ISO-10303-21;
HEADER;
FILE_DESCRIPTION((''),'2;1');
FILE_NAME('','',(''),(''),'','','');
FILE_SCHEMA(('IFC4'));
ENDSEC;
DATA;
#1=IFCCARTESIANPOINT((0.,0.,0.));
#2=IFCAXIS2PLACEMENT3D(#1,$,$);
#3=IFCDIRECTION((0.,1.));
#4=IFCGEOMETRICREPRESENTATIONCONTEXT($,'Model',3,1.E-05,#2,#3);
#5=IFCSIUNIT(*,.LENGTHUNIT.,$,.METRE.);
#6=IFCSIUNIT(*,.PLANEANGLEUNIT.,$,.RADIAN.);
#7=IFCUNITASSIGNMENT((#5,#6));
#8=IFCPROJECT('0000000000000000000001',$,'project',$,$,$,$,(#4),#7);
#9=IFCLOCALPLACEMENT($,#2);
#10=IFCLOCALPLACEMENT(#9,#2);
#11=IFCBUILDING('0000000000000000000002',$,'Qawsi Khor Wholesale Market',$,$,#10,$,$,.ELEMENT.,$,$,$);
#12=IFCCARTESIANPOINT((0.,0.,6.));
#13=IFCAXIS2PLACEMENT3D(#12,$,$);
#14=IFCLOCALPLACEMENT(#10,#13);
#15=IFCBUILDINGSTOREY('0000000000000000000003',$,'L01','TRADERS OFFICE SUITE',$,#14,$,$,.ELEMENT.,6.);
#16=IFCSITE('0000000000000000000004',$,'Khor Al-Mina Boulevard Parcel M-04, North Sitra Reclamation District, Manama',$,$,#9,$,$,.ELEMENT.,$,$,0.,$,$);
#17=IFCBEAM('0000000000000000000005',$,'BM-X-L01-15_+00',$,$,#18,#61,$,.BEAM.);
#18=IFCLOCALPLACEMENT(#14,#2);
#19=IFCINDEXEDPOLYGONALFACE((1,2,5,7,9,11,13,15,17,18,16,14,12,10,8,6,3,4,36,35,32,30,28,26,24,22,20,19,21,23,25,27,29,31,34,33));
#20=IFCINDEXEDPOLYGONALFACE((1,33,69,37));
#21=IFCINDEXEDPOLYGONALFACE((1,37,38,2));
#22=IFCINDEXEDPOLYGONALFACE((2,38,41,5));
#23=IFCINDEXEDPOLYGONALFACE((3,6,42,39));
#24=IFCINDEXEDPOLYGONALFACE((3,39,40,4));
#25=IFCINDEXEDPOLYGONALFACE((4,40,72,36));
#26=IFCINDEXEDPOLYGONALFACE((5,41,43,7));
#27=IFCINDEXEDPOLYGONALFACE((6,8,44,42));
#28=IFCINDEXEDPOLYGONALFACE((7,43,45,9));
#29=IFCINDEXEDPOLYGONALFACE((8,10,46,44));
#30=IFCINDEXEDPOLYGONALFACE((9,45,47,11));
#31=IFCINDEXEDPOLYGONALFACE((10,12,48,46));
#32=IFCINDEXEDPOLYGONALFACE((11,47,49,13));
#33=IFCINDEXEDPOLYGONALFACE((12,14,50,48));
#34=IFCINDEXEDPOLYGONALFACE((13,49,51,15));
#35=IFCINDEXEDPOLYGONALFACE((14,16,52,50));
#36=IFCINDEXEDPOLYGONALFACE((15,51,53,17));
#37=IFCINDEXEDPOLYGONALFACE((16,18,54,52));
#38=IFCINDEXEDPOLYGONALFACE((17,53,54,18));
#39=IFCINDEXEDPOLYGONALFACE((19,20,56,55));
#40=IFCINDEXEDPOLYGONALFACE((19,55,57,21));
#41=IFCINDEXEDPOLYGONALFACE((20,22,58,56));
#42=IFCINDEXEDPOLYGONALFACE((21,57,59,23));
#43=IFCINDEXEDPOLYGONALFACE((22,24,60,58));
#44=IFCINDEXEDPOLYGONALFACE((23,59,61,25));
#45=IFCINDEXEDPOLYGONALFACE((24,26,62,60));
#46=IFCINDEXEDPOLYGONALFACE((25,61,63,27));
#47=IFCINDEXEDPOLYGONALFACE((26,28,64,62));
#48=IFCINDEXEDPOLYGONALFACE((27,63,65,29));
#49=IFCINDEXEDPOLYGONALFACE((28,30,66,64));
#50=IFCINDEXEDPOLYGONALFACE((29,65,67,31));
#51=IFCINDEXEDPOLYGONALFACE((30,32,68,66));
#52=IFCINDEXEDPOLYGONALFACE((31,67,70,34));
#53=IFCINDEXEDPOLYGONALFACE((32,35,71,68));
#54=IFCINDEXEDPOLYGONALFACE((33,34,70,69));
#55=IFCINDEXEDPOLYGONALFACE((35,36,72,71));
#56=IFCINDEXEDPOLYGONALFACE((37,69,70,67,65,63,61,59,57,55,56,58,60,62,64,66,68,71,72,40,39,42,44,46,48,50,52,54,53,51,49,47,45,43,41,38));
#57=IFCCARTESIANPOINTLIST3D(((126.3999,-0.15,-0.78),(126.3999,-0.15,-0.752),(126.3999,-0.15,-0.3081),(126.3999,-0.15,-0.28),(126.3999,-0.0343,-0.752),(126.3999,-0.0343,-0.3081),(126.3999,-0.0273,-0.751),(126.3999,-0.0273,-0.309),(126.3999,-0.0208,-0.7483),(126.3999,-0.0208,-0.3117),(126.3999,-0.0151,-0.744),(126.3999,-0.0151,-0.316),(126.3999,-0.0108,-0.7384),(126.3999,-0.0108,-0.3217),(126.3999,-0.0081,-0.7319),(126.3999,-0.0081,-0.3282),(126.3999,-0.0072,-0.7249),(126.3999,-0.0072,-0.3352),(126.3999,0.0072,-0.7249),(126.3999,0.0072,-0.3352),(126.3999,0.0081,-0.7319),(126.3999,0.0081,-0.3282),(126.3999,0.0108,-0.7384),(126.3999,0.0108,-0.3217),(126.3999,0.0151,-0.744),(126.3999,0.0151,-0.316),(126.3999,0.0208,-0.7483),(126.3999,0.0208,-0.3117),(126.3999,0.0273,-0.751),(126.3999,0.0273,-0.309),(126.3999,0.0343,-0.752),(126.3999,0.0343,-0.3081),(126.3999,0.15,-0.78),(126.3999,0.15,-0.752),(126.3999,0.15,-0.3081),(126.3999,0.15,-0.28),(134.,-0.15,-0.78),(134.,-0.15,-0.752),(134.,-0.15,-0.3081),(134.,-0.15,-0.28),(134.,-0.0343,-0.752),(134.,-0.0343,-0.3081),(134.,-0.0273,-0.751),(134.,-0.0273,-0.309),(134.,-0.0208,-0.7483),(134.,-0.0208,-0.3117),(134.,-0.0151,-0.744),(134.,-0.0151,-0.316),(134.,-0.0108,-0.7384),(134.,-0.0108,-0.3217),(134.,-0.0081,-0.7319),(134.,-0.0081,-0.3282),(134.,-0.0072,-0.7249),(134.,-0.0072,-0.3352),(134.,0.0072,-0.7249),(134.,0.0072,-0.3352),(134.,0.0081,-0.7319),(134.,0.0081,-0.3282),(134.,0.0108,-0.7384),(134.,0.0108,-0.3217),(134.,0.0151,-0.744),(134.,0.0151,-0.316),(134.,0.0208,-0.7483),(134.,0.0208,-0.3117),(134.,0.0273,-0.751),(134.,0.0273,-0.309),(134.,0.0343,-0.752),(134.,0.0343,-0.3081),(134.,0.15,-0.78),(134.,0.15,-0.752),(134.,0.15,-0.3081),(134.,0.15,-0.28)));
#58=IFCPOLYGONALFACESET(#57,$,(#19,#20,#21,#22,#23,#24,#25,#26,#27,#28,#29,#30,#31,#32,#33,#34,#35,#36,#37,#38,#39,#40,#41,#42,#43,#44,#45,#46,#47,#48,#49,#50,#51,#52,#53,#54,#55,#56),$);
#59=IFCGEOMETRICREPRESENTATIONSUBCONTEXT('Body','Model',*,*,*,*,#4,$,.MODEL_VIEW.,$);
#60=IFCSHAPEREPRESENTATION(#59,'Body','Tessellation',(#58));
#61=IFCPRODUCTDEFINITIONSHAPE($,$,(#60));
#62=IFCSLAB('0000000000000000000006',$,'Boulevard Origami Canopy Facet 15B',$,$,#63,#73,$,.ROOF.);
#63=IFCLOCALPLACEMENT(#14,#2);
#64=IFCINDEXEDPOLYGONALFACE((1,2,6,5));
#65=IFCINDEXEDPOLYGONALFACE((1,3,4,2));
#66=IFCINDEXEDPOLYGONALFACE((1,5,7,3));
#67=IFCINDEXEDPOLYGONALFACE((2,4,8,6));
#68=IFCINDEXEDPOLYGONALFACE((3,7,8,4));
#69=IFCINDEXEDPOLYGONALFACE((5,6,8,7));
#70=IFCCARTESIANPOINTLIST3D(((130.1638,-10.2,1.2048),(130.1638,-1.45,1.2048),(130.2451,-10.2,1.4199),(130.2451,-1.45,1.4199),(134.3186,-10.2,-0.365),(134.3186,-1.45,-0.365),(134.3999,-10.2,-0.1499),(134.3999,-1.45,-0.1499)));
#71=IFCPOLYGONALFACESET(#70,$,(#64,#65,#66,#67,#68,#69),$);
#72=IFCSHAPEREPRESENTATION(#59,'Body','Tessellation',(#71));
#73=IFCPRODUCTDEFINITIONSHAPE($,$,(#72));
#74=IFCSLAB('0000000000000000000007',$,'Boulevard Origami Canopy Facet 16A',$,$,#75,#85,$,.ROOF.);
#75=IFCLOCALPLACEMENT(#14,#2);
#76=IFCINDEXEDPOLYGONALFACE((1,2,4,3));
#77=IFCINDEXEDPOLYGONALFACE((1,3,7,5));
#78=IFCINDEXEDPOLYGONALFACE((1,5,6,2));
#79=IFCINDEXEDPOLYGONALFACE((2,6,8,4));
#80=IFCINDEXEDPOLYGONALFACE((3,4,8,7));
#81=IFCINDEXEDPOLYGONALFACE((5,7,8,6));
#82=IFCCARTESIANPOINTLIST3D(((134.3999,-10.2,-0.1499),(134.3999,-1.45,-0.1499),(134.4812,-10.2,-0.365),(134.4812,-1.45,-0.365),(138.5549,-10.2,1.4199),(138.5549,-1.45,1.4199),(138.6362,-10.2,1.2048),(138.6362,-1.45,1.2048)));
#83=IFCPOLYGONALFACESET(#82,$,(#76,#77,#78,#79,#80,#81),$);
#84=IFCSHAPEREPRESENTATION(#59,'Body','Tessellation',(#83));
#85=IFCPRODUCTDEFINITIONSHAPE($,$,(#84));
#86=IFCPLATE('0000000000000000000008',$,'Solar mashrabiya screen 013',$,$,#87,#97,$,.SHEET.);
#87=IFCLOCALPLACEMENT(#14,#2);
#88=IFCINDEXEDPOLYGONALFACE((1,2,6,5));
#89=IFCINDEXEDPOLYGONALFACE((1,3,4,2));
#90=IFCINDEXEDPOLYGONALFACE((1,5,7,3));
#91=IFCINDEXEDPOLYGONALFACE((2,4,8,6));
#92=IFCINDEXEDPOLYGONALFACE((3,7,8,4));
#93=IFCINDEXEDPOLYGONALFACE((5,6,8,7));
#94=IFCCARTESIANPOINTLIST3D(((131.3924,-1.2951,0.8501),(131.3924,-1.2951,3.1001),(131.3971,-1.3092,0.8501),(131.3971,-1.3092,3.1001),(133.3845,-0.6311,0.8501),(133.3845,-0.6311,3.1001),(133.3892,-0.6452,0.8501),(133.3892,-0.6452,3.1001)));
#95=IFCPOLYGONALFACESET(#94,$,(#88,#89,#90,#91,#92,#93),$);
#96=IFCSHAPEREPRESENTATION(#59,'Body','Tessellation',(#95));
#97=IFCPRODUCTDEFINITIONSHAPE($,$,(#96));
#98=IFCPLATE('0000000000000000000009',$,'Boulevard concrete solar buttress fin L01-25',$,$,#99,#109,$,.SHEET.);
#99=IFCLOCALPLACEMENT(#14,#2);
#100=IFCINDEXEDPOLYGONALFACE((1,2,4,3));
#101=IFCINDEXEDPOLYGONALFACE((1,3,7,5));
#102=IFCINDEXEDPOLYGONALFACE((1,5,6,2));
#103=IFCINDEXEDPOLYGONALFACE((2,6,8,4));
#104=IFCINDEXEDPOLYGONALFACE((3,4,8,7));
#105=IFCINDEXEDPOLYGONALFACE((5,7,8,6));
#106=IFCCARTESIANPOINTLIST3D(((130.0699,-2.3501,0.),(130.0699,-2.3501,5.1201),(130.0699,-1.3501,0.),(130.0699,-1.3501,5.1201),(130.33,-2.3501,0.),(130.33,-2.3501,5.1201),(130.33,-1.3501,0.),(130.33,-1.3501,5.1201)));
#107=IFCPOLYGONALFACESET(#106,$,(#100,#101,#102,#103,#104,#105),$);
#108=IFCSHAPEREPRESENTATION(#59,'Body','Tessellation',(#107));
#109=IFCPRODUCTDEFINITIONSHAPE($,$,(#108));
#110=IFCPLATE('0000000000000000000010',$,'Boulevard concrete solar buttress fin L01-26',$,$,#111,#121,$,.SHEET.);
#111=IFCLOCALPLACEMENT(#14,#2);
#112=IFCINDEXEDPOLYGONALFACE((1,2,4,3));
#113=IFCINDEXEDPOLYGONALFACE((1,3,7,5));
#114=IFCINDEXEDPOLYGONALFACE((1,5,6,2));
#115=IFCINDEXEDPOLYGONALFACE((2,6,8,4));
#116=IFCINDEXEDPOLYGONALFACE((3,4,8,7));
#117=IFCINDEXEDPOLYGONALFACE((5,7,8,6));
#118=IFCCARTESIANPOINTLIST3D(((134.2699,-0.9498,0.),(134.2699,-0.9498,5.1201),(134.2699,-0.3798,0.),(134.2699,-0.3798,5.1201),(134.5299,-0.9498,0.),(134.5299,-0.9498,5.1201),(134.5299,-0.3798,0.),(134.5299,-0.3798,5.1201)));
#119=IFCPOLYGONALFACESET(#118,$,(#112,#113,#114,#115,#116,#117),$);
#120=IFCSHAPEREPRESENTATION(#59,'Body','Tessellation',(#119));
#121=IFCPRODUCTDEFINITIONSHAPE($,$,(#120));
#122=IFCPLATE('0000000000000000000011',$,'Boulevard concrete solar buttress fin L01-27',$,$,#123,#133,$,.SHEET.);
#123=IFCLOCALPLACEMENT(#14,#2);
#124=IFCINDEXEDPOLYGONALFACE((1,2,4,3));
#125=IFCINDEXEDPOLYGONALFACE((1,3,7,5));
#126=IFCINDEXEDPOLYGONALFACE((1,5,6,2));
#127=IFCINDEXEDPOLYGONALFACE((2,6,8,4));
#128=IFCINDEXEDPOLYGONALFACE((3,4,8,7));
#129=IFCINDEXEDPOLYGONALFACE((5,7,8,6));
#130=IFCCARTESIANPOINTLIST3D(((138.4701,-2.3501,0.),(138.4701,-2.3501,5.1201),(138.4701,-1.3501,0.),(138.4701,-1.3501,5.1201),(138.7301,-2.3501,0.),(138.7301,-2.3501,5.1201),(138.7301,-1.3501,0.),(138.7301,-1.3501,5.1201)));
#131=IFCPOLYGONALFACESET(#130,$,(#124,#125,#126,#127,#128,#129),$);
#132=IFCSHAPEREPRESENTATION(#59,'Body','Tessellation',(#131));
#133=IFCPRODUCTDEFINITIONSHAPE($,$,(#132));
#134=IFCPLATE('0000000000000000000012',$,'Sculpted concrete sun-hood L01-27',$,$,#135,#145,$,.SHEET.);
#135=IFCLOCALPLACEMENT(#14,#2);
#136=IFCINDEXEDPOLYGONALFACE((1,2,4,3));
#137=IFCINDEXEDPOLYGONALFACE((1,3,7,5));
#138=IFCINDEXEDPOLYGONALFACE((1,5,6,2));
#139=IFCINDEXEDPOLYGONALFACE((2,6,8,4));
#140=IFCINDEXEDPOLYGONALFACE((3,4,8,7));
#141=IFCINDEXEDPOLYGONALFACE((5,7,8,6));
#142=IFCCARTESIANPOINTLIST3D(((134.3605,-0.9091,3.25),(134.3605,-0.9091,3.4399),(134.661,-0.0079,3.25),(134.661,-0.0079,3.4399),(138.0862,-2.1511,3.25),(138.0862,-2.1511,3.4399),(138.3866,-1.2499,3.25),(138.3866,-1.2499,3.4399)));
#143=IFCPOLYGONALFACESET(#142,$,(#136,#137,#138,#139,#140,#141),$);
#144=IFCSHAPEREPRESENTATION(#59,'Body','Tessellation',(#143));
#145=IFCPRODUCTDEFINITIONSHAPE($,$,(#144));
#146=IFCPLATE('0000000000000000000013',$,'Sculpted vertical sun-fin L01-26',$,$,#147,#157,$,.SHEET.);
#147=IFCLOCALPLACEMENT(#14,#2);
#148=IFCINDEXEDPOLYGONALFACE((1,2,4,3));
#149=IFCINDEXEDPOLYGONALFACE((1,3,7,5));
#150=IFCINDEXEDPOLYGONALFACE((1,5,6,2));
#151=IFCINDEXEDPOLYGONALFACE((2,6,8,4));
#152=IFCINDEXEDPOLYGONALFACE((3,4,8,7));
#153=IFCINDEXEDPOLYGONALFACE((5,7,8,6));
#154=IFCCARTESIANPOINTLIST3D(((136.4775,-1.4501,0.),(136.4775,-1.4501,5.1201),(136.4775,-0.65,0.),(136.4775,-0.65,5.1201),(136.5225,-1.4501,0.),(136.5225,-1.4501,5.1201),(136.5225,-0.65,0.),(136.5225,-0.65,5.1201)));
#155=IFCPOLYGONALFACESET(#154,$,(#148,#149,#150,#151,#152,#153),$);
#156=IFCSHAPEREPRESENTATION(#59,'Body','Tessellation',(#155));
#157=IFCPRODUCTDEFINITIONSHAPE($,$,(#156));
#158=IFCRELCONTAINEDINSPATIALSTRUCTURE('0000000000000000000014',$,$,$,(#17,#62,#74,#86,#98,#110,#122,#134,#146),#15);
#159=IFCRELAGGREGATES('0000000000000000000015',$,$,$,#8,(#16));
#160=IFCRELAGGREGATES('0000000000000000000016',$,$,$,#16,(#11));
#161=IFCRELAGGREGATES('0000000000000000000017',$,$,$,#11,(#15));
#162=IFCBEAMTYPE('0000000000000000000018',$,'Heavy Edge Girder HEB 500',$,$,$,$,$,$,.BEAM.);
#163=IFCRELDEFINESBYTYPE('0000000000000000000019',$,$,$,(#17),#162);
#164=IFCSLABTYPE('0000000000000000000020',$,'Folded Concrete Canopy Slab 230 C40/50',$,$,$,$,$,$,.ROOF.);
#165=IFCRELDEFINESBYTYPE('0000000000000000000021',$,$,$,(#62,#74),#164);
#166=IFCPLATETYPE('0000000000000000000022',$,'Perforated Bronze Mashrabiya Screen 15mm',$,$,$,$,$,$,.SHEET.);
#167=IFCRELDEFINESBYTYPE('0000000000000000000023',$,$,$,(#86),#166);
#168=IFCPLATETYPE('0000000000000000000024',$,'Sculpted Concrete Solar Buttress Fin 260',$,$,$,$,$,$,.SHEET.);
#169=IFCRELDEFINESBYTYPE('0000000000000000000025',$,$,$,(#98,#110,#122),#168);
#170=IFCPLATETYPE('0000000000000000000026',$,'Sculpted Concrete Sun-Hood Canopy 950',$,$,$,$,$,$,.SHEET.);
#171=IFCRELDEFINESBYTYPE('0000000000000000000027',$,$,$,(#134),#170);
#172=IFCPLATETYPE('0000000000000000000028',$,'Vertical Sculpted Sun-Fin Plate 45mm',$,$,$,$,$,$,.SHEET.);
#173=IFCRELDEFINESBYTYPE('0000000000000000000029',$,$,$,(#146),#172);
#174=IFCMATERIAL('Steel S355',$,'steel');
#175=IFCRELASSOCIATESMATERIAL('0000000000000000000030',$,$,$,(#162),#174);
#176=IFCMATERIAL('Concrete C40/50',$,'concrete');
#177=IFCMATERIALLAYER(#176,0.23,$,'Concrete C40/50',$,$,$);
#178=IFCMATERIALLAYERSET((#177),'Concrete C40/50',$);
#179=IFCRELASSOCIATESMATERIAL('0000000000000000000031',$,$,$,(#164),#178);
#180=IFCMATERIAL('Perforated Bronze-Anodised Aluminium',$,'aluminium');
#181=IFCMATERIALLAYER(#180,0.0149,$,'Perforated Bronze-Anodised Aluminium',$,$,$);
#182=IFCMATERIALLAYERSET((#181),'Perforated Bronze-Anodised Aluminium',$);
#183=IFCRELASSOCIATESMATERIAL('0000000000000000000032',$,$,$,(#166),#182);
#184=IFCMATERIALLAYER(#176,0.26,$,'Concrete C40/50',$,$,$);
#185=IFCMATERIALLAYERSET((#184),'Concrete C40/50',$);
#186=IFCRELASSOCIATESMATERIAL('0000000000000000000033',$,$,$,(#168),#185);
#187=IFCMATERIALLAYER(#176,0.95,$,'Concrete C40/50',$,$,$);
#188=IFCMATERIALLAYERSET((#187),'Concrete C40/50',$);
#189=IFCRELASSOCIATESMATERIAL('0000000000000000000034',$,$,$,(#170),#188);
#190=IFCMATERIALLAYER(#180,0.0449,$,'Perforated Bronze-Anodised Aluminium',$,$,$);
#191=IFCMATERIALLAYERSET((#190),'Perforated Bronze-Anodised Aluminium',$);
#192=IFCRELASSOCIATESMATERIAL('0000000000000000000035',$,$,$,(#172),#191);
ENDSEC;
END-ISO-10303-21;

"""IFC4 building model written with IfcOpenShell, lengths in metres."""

from ifc_helpers import new_model, si_unit, direction, frame, frame_2d, origin, origin_2d, place, context, subcontext, project, spatial, polyline, rectangle, i_section, outline, extrude, material, layer, layer_set, material_profile, profile_set, type_object, element, save


model = new_model("IFC4")

# Units and contexts
model_context = context("Model", 3, precision=1e-05, world=origin(), true_north=direction((0.0, 1.0)))
body_context = subcontext(model_context, "Body", "Model", "MODEL_VIEW")
ifc_project = project(units=[si_unit("LENGTHUNIT", "METRE"), si_unit("PLANEANGLEUNIT", "RADIAN")], contexts=[model_context])

# Site, building, storey
site_placement = place(None, origin())
site = spatial("IfcSite", under=ifc_project, at=site_placement, Name="Khor Al-Mina Boulevard Parcel M-04, North Sitra Reclamation District, Manama", CompositionType="ELEMENT", RefElevation=0.0)
building_placement = place(site_placement, origin())
building = spatial("IfcBuilding", under=site, at=building_placement, Name="Qawsi Khor Wholesale Market", CompositionType="ELEMENT")
storey_placement = place(building_placement, frame((0.0, 0.0, 6.0)))
storey = spatial("IfcBuildingStorey", under=building, at=storey_placement, Name="L01", Description="TRADERS OFFICE SUITE", CompositionType="ELEMENT", Elevation=6.0)

# Shared definitions
ifc_material_1 = material(Name="Concrete C40/50", Category="concrete")

# Shared definitions
ifc_material_2 = material(Name="Steel S355", Category="steel")

# Beam
ifc_material_profile_1 = material_profile(ifc_material_2, i_section(OverallWidth=0.3, OverallDepth=0.5, WebThickness=0.0144, FlangeThickness=0.0281, FilletRadius=0.0271, at=origin_2d()), Name="HEB 500")
ifc_profile_set_1 = profile_set([ifc_material_profile_1], Name="Steel S355")
beam_type_1 = type_object("IfcBeamType", Name="Heavy Edge Girder HEB 500", PredefinedType="BEAM", material=ifc_profile_set_1)
beam_1_placement = place(storey_placement, frame((126.3999, 0.0, -0.53), z_axis=(1.0, 0.0, 0.0), x_axis=(0.0, 1.0, 0.0)))
element("IfcBeam", 1, at=beam_1_placement, inside=storey, type_object=beam_type_1, Name="BM-X-L01-15_+00", PredefinedType="BEAM", context=body_context, shape_type="SweptSolid", body=[
    extrude(i_section(OverallWidth=0.3, OverallDepth=0.5, WebThickness=0.0144, FlangeThickness=0.0281, FilletRadius=0.0271, at=origin_2d()), origin(), (0.0, 0.0, 1.0), 7.6001),
])

# Slabs
ifc_layer_1 = layer(ifc_material_1, 0.23, Name="Concrete C40/50")
ifc_layer_set_1 = layer_set([ifc_layer_1], Name="Concrete C40/50")
slab_type = type_object("IfcSlabType", Name="Folded Concrete Canopy Slab 230 C40/50", PredefinedType="ROOF", material=ifc_layer_set_1)
slab_1_placement = place(storey_placement, frame((130.2451, -10.2, 1.4199), z_axis=(0.353448, 0.0, 0.935454), x_axis=(0.935454, 0.0, -0.353448)))
element("IfcSlab", 2, at=slab_1_placement, inside=storey, type_object=slab_type, Name="Boulevard Origami Canopy Facet 15B", PredefinedType="ROOF", context=body_context, shape_type="SweptSolid", body=[
    extrude(outline(polyline([(0.0, 0.0), (4.4415, 0.0), (4.4415, 8.75), (0.0, 8.75), (0.0, 0.0)])), origin(), (0.0, 0.0, -1.0), 0.23),
])
slab_2_placement = place(storey_placement, frame((134.3999, -10.2, -0.1499), z_axis=(-0.353429, 0.0, 0.935461), x_axis=(0.935461, 0.0, 0.353429)))
element("IfcSlab", 3, at=slab_2_placement, inside=storey, type_object=slab_type, Name="Boulevard Origami Canopy Facet 16A", PredefinedType="ROOF", context=body_context, shape_type="SweptSolid", body=[
    extrude(outline(polyline([(0.0, 0.0), (4.4417, 0.0), (4.4417, 8.75), (0.0, 8.75), (0.0, 0.0)])), origin(), (0.0, 0.0, -1.0), 0.23),
])

# Plates
ifc_material_3 = material(Name="Perforated Bronze-Anodised Aluminium", Category="aluminium")
ifc_layer_2 = layer(ifc_material_3, 0.0149, Name="Perforated Bronze-Anodised Aluminium")
ifc_layer_set_2 = layer_set([ifc_layer_2], Name="Perforated Bronze-Anodised Aluminium")
plate_type_1 = type_object("IfcPlateType", Name="Perforated Bronze Mashrabiya Screen 15mm", PredefinedType="SHEET", material=ifc_layer_set_2)
plate_1_placement = place(storey_placement, frame((133.3867, -0.6382, 0.8501), z_axis=(0.0, 0.0, 1.0), x_axis=(-0.948683, -0.316228, 0.0)))
element("IfcPlate", 4, at=plate_1_placement, inside=storey, type_object=plate_type_1, Name="Solar mashrabiya screen 013", PredefinedType="SHEET", context=body_context, shape_type="SweptSolid", body=[
    extrude(rectangle(XDim=2.0999, YDim=0.0149, at=frame_2d((1.0498, 0.0))), origin(), (0.0, 0.0, 1.0), 2.25),
])
ifc_layer_3 = layer(ifc_material_1, 0.26, Name="Concrete C40/50")
ifc_layer_set_3 = layer_set([ifc_layer_3], Name="Concrete C40/50")
plate_type_2 = type_object("IfcPlateType", Name="Sculpted Concrete Solar Buttress Fin 260", PredefinedType="SHEET", material=ifc_layer_set_3)
plate_2_placement = place(storey_placement, frame((130.2, -2.3501, 0.0), z_axis=(0.0, 0.0, 1.0), x_axis=(0.0, 1.0, 0.0)))
element("IfcPlate", 5, at=plate_2_placement, inside=storey, type_object=plate_type_2, Name="Boulevard concrete solar buttress fin L01-25", PredefinedType="SHEET", context=body_context, shape_type="SweptSolid", body=[
    extrude(rectangle(XDim=1.0, YDim=0.26, at=frame_2d((0.5, 0.0))), origin(), (0.0, 0.0, 1.0), 5.1201),
])
plate_3_placement = place(storey_placement, frame((134.3999, -0.95, 0.0), z_axis=(0.0, 0.0, 1.0), x_axis=(0.0, 1.0, 0.0)))
element("IfcPlate", 6, at=plate_3_placement, inside=storey, type_object=plate_type_2, Name="Boulevard concrete solar buttress fin L01-26", PredefinedType="SHEET", context=body_context, shape_type="SweptSolid", body=[
    extrude(rectangle(XDim=0.5701, YDim=0.26, at=frame_2d((0.2852, 0.0))), origin(), (0.0, 0.0, 1.0), 5.1201),
])
plate_4_placement = place(storey_placement, frame((138.6001, -2.3501, 0.0), z_axis=(0.0, 0.0, 1.0), x_axis=(0.0, 1.0, 0.0)))
element("IfcPlate", 7, at=plate_4_placement, inside=storey, type_object=plate_type_2, Name="Boulevard concrete solar buttress fin L01-27", PredefinedType="SHEET", context=body_context, shape_type="SweptSolid", body=[
    extrude(rectangle(XDim=1.0, YDim=0.26, at=frame_2d((0.5, 0.0))), origin(), (0.0, 0.0, 1.0), 5.1201),
])
ifc_layer_4 = layer(ifc_material_1, 0.95, Name="Concrete C40/50")
ifc_layer_set_4 = layer_set([ifc_layer_4], Name="Concrete C40/50")
plate_type_3 = type_object("IfcPlateType", Name="Sculpted Concrete Sun-Hood Canopy 950", PredefinedType="SHEET", material=ifc_layer_set_4)
plate_5_placement = place(storey_placement, frame((134.5107, -0.4585, 3.25), z_axis=(0.0, 0.0, 1.0), x_axis=(0.948677, -0.316246, 0.0)))
element("IfcPlate", 8, at=plate_5_placement, inside=storey, type_object=plate_type_3, Name="Sculpted concrete sun-hood L01-27", PredefinedType="SHEET", context=body_context, shape_type="SweptSolid", body=[
    extrude(rectangle(XDim=3.9272, YDim=0.95, at=frame_2d((1.9636, 0.0))), origin(), (0.0, 0.0, 1.0), 0.1899),
])
ifc_layer_5 = layer(ifc_material_3, 0.0449, Name="Perforated Bronze-Anodised Aluminium")
ifc_layer_set_5 = layer_set([ifc_layer_5], Name="Perforated Bronze-Anodised Aluminium")
plate_type_4 = type_object("IfcPlateType", Name="Vertical Sculpted Sun-Fin Plate 45mm", PredefinedType="SHEET", material=ifc_layer_set_5)
plate_6_placement = place(storey_placement, frame((136.5, -1.45, 0.0), z_axis=(0.0, 0.0, 1.0), x_axis=(0.0, 1.0, 0.0)))
element("IfcPlate", 9, at=plate_6_placement, inside=storey, type_object=plate_type_4, Name="Sculpted vertical sun-fin L01-26", PredefinedType="SHEET", context=body_context, shape_type="SweptSolid", body=[
    extrude(rectangle(XDim=0.8, YDim=0.0449, at=frame_2d((0.3999, 0.0))), origin(), (0.0, 0.0, 1.0), 5.1201),
])

save(model, "model.ifc")
